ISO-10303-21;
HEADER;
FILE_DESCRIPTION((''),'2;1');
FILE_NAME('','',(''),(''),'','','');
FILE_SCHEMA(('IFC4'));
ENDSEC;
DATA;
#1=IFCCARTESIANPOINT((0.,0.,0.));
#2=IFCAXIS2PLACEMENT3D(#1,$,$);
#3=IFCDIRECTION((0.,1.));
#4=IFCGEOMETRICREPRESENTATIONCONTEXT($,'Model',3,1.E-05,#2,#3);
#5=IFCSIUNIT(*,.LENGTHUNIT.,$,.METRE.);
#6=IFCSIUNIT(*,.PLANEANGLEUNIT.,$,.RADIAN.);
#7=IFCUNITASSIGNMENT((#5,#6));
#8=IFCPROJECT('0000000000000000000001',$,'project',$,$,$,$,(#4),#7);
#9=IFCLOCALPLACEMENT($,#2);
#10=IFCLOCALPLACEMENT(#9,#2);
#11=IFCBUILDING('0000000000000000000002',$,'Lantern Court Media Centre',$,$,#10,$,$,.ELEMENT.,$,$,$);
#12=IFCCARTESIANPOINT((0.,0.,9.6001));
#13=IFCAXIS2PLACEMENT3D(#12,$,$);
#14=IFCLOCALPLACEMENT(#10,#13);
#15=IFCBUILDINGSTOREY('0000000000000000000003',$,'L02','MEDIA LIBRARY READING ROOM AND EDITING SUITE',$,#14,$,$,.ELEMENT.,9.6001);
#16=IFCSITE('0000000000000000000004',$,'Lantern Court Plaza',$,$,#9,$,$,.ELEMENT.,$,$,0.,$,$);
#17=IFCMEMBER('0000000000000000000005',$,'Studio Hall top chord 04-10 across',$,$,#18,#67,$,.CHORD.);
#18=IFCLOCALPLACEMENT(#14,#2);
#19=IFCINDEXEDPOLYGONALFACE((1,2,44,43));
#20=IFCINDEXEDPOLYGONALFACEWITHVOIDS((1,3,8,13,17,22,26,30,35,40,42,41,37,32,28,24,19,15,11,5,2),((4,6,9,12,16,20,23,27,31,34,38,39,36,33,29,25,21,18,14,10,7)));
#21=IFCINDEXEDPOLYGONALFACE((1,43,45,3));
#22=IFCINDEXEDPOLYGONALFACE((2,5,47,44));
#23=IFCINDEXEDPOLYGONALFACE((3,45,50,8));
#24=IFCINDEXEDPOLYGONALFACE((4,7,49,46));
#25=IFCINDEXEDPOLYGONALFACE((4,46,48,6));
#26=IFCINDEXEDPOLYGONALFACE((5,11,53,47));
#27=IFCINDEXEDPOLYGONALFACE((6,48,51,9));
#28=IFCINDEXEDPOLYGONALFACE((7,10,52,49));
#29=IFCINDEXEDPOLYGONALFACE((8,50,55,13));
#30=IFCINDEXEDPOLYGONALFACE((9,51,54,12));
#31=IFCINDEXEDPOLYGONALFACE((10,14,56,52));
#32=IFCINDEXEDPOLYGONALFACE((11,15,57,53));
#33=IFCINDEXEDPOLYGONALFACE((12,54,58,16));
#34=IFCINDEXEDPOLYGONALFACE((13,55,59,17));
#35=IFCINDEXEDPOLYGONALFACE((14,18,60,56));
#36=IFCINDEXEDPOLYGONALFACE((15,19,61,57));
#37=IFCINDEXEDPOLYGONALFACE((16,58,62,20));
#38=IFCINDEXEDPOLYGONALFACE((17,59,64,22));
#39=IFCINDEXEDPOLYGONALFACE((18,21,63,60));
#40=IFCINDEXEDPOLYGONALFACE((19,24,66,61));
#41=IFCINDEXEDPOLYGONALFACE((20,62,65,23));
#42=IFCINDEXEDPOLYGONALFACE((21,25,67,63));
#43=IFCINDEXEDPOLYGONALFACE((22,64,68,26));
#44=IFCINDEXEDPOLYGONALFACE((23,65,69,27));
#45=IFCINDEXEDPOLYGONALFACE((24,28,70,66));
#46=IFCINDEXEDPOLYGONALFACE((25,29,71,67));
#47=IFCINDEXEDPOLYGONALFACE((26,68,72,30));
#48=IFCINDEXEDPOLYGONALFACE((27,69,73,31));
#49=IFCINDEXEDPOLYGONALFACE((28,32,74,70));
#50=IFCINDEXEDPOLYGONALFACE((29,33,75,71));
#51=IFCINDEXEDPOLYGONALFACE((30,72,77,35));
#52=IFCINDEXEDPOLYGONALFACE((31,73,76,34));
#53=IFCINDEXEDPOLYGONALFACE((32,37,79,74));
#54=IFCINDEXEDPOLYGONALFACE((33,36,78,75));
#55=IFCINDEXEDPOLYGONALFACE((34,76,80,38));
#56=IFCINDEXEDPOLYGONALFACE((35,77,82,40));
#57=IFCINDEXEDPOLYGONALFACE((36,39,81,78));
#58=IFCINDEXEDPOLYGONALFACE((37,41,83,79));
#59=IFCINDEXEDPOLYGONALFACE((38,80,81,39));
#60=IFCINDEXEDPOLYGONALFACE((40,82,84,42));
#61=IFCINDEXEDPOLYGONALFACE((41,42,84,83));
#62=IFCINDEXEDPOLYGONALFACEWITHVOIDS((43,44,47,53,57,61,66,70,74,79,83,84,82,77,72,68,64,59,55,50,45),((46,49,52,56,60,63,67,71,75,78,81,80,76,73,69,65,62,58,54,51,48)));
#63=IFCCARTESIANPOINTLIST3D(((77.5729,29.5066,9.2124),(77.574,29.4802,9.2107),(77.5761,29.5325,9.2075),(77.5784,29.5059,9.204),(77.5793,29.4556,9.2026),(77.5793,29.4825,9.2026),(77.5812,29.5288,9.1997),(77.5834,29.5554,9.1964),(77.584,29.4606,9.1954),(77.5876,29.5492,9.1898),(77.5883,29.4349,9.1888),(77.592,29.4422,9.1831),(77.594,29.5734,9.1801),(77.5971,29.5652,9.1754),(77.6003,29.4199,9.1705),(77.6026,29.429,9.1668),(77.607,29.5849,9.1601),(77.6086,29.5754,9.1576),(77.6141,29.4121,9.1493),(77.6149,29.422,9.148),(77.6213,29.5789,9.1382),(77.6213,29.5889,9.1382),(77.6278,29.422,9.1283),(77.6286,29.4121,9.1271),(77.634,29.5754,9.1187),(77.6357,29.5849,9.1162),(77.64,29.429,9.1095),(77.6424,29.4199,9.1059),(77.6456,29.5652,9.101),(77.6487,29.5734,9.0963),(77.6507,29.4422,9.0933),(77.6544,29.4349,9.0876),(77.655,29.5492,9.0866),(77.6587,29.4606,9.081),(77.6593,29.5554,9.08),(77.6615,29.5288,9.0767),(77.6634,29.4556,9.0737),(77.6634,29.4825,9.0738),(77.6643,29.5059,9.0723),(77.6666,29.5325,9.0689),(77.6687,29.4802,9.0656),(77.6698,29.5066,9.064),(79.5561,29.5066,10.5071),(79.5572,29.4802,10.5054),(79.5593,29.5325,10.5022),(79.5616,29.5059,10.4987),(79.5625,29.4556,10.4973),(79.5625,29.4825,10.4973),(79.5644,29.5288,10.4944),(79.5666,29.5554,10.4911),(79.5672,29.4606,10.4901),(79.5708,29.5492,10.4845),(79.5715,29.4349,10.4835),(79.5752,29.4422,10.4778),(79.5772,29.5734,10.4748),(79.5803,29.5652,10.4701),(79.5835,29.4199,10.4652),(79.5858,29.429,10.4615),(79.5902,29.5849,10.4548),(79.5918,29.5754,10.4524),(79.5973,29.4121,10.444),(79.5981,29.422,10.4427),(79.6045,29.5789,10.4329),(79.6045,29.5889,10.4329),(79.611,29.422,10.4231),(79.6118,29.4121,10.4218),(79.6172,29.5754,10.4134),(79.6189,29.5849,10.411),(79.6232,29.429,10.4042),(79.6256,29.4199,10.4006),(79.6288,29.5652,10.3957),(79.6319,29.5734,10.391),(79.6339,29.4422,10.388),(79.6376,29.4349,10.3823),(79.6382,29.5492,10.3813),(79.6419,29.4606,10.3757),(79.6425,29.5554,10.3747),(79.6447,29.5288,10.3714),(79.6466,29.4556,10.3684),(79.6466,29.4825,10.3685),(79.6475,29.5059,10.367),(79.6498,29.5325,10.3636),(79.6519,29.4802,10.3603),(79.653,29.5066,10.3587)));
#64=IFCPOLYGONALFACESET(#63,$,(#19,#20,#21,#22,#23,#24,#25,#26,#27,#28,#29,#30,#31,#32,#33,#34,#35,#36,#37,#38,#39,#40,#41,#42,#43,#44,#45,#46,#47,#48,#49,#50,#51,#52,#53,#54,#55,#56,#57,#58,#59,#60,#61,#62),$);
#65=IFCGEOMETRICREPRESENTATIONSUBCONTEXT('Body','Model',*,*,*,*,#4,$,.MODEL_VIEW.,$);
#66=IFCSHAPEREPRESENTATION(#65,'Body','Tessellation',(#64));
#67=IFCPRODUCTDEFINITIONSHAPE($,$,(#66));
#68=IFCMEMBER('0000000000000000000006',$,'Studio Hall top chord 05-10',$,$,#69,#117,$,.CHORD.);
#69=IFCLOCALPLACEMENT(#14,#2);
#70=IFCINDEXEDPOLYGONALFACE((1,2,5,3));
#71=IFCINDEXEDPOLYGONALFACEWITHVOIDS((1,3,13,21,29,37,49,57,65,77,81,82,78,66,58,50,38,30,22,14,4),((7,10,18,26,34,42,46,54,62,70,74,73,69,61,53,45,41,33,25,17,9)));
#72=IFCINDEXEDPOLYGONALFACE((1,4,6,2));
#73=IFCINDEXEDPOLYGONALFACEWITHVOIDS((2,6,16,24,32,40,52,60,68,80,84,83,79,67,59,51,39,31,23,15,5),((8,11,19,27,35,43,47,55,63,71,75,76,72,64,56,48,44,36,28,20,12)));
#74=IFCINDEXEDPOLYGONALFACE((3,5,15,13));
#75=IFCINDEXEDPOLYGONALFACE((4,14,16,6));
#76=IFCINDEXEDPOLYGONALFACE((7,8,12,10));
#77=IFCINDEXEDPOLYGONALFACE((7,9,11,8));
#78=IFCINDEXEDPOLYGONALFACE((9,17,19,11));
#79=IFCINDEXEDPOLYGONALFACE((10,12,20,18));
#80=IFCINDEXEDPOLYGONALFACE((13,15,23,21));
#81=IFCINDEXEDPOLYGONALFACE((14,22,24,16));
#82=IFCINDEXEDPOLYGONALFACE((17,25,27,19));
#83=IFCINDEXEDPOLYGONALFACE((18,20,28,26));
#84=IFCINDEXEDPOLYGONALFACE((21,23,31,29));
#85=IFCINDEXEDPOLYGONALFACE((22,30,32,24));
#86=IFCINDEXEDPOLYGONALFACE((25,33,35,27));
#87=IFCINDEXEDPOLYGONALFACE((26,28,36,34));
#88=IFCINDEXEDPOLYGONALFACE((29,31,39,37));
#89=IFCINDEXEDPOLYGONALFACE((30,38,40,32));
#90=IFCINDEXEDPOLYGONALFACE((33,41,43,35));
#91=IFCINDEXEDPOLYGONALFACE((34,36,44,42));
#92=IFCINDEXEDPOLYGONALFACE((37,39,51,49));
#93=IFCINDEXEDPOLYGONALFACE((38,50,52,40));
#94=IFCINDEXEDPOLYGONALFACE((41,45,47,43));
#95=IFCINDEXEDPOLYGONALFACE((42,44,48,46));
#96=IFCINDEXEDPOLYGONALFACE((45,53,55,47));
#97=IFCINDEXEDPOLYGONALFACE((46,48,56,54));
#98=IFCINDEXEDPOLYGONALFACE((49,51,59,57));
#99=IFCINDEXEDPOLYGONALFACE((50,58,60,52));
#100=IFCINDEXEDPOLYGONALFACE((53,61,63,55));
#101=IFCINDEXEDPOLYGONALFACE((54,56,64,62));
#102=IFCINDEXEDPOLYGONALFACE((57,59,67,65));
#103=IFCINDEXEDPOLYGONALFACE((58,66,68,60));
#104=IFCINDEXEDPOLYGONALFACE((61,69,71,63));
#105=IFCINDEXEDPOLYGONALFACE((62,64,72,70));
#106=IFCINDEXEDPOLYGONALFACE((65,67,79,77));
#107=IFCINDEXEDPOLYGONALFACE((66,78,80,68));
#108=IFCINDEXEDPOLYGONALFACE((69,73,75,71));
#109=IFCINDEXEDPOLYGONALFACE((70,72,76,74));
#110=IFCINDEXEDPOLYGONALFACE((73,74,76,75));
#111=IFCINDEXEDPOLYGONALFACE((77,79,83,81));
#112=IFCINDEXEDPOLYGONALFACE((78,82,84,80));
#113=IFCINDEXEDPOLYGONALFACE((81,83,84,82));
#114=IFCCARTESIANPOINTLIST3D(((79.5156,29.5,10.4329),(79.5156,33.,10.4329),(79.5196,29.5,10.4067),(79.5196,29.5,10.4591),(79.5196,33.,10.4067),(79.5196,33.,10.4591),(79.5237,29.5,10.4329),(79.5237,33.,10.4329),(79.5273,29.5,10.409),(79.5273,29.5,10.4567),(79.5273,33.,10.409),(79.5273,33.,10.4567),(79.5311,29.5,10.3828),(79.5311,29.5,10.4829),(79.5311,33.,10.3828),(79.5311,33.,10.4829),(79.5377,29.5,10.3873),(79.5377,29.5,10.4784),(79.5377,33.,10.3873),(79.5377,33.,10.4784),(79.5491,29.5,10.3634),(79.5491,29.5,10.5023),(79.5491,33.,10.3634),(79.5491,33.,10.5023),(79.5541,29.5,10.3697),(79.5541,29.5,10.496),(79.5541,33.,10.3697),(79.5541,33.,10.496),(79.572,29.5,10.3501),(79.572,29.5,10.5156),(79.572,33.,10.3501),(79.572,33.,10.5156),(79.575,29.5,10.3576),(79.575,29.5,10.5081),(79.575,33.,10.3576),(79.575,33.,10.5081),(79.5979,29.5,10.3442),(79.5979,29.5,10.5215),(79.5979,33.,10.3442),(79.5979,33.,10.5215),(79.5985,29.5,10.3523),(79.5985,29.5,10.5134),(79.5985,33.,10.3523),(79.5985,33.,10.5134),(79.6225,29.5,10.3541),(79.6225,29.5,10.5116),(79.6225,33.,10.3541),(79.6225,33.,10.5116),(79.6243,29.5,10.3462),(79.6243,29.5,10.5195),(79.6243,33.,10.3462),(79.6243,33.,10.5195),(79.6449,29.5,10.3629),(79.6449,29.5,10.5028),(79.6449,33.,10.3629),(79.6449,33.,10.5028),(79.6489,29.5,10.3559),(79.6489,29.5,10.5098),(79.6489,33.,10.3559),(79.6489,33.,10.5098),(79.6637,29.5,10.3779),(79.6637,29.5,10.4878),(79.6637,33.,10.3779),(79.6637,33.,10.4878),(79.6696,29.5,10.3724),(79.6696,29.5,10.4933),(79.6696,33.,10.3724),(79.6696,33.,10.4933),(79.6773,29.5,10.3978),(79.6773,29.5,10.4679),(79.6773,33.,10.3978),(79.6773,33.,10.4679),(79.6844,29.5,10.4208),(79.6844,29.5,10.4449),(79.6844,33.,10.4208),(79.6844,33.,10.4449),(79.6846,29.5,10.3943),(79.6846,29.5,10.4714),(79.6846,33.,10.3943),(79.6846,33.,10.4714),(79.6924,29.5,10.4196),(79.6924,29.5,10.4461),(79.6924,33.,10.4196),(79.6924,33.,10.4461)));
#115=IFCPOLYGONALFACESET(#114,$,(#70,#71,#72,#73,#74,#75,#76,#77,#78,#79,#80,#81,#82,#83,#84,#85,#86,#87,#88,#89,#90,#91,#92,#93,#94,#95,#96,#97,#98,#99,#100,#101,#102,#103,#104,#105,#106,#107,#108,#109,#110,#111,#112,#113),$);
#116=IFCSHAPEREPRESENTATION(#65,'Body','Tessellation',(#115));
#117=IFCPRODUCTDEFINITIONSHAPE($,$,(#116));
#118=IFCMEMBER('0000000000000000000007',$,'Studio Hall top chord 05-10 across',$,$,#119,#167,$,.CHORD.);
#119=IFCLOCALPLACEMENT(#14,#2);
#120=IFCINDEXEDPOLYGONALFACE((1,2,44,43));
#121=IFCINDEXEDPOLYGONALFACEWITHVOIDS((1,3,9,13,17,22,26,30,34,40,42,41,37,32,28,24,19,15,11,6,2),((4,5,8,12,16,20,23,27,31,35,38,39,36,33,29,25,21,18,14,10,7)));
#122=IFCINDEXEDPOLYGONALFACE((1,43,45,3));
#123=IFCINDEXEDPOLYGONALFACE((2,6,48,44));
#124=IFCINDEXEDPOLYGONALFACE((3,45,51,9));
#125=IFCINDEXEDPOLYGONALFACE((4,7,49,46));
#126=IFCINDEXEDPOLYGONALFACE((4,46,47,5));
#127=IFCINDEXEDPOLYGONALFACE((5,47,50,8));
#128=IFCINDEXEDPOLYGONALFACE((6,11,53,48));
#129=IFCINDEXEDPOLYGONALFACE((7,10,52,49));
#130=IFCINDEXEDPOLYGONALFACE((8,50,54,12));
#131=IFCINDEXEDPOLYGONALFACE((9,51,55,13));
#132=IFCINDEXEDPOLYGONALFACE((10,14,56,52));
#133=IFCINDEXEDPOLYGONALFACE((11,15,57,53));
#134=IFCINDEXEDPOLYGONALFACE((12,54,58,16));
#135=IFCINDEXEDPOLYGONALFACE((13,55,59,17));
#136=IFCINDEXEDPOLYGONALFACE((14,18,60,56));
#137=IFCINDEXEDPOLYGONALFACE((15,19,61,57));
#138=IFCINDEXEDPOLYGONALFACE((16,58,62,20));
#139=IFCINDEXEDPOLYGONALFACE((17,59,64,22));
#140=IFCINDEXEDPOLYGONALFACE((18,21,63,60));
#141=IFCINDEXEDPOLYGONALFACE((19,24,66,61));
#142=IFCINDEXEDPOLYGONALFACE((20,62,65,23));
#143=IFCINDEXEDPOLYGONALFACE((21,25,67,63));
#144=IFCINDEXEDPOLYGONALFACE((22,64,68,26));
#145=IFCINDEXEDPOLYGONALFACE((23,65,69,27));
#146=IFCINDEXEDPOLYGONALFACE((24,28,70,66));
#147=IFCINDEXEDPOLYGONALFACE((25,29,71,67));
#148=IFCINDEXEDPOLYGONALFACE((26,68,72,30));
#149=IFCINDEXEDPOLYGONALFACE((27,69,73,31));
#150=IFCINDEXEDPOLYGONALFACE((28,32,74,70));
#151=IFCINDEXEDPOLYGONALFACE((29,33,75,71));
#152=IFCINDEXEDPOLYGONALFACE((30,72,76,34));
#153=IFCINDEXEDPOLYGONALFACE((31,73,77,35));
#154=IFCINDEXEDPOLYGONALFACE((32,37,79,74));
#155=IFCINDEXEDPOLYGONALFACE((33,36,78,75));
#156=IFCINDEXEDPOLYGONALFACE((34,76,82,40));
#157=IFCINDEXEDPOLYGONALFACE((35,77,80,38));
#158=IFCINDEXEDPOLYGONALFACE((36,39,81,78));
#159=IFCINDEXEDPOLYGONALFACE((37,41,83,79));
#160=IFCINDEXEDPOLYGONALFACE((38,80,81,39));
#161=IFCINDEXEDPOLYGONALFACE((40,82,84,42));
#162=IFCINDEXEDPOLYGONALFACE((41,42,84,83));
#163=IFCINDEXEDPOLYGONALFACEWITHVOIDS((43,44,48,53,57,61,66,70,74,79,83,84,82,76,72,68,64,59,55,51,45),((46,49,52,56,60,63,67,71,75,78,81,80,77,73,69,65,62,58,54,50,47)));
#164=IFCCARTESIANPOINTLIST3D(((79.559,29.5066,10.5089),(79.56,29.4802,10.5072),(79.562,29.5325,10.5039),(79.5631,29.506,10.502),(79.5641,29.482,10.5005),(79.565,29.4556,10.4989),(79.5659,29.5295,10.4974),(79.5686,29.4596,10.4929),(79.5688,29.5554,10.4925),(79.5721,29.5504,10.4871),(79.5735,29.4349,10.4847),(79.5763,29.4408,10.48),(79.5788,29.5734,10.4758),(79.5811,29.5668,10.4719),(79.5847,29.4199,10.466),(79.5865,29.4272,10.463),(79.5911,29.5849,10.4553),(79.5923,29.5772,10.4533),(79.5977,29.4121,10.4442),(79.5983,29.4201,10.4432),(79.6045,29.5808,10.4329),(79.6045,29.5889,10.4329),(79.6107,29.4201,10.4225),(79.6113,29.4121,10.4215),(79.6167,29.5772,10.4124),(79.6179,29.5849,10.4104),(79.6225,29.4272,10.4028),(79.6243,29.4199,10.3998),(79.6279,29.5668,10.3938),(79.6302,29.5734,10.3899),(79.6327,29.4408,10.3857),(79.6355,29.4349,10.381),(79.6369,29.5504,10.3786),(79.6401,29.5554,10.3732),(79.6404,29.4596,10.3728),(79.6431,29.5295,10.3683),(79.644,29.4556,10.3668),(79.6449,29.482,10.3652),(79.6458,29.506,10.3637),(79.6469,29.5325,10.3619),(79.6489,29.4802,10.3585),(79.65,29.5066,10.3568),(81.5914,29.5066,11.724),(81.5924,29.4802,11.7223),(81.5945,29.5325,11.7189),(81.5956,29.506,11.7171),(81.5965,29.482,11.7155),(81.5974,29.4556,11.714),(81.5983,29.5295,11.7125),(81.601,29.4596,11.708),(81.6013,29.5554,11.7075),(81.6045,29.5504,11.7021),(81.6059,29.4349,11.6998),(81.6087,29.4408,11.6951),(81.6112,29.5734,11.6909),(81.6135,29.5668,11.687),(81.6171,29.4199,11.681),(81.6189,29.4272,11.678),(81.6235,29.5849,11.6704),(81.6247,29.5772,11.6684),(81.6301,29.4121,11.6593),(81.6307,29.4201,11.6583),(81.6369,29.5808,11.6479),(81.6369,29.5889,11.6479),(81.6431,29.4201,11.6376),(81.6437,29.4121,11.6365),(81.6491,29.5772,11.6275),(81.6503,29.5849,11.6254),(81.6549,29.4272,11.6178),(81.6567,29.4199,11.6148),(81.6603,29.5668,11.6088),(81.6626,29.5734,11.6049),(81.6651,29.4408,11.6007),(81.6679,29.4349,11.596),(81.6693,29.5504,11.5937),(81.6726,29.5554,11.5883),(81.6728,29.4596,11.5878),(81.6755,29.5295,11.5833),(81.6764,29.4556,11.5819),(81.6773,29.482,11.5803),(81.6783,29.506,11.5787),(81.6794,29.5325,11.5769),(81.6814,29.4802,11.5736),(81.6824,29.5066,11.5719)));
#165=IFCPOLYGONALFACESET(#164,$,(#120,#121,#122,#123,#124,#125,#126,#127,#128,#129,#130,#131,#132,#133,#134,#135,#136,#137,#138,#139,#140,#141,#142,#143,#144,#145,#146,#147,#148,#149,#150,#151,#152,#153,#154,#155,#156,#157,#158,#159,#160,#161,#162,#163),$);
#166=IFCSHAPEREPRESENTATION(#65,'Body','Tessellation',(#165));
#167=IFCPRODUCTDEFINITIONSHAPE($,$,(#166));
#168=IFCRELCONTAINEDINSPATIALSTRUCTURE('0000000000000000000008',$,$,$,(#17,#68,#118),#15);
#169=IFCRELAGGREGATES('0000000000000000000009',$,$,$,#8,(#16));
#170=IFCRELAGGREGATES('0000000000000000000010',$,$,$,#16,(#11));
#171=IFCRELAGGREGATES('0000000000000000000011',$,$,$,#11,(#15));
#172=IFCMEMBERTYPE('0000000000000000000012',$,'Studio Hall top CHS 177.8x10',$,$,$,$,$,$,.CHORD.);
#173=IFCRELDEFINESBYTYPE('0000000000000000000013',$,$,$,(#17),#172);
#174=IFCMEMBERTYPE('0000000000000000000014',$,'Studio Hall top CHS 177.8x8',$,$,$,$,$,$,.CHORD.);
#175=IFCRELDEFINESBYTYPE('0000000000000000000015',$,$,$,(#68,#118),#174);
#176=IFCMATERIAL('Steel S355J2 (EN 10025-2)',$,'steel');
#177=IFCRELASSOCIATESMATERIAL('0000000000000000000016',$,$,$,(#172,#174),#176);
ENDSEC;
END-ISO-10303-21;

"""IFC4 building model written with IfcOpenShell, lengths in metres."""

from ifc_helpers import new_model, si_unit, direction, frame, origin, origin_2d, place, context, subcontext, project, spatial, hollow_circle, extrude, material, material_profile, profile_set, type_object, element, save


model = new_model("IFC4")

# Units and contexts
model_context = context("Model", 3, precision=1e-05, world=origin(), true_north=direction((0.0, 1.0)))
body_context = subcontext(model_context, "Body", "Model", "MODEL_VIEW")
ifc_project = project(units=[si_unit("LENGTHUNIT", "METRE"), si_unit("PLANEANGLEUNIT", "RADIAN")], contexts=[model_context])

# Site, building, storey
site_placement = place(None, origin())
site = spatial("IfcSite", under=ifc_project, at=site_placement, Name="Lantern Court Plaza", CompositionType="ELEMENT", RefElevation=0.0)
building_placement = place(site_placement, origin())
building = spatial("IfcBuilding", under=site, at=building_placement, Name="Lantern Court Media Centre", CompositionType="ELEMENT")
storey_placement = place(building_placement, frame((0.0, 0.0, 9.6001)))
storey = spatial("IfcBuildingStorey", under=building, at=storey_placement, Name="L02", Description="MEDIA LIBRARY READING ROOM AND EDITING SUITE", CompositionType="ELEMENT", Elevation=9.6001)

# Members
ifc_material = material(Name="Steel S355J2 (EN 10025-2)", Category="steel")
ifc_material_profile_1 = material_profile(ifc_material, hollow_circle(Radius=0.0889, WallThickness=0.01, at=origin_2d()), Name="Studio Hall top CHS 177.8x10")
ifc_profile_set_1 = profile_set([ifc_material_profile_1], Name="Steel S355J2 (EN 10025-2)")
member_type_1 = type_object("IfcMemberType", Name="Studio Hall top CHS 177.8x10", PredefinedType="CHORD", material=ifc_profile_set_1)
member_1_placement = place(storey_placement, frame((77.6213, 29.5, 9.1382), z_axis=(0.837356, 0.0, 0.546658), x_axis=(0.0, 1.0, 0.0)))
element("IfcMember", 1, at=member_1_placement, inside=storey, type_object=member_type_1, Name="Studio Hall top chord 04-10 across", PredefinedType="CHORD", context=body_context, shape_type="SweptSolid", body=[
    extrude(hollow_circle(Radius=0.0889, WallThickness=0.01, at=origin_2d()), origin(), (0.0, 0.0, 1.0), 2.3684),
])
ifc_material_profile_2 = material_profile(ifc_material, hollow_circle(Radius=0.0889, WallThickness=0.0081, at=origin_2d()), Name="Studio Hall top CHS 177.8x8")
ifc_profile_set_2 = profile_set([ifc_material_profile_2], Name="Steel S355J2 (EN 10025-2)")
member_type_2 = type_object("IfcMemberType", Name="Studio Hall top CHS 177.8x8", PredefinedType="CHORD", material=ifc_profile_set_2)
member_2_placement = place(storey_placement, frame((79.6045, 29.5, 10.4329), z_axis=(0.0, 1.0, 0.0), x_axis=(-1.0, 0.0, 0.0)))
element("IfcMember", 2, at=member_2_placement, inside=storey, type_object=member_type_2, Name="Studio Hall top chord 05-10", PredefinedType="CHORD", context=body_context, shape_type="SweptSolid", body=[
    extrude(hollow_circle(Radius=0.0889, WallThickness=0.0081, at=origin_2d()), origin(), (0.0, 0.0, 1.0), 3.5),
])
member_3_placement = place(storey_placement, frame((79.6045, 29.5, 10.4329), z_axis=(0.858311, 0.0, 0.513131), x_axis=(0.0, 1.0, 0.0)))
element("IfcMember", 3, at=member_3_placement, inside=storey, type_object=member_type_2, Name="Studio Hall top chord 05-10 across", PredefinedType="CHORD", context=body_context, shape_type="SweptSolid", body=[
    extrude(hollow_circle(Radius=0.0889, WallThickness=0.0081, at=origin_2d()), origin(), (0.0, 0.0, 1.0), 2.3679),
])

save(model, "model.ifc")
